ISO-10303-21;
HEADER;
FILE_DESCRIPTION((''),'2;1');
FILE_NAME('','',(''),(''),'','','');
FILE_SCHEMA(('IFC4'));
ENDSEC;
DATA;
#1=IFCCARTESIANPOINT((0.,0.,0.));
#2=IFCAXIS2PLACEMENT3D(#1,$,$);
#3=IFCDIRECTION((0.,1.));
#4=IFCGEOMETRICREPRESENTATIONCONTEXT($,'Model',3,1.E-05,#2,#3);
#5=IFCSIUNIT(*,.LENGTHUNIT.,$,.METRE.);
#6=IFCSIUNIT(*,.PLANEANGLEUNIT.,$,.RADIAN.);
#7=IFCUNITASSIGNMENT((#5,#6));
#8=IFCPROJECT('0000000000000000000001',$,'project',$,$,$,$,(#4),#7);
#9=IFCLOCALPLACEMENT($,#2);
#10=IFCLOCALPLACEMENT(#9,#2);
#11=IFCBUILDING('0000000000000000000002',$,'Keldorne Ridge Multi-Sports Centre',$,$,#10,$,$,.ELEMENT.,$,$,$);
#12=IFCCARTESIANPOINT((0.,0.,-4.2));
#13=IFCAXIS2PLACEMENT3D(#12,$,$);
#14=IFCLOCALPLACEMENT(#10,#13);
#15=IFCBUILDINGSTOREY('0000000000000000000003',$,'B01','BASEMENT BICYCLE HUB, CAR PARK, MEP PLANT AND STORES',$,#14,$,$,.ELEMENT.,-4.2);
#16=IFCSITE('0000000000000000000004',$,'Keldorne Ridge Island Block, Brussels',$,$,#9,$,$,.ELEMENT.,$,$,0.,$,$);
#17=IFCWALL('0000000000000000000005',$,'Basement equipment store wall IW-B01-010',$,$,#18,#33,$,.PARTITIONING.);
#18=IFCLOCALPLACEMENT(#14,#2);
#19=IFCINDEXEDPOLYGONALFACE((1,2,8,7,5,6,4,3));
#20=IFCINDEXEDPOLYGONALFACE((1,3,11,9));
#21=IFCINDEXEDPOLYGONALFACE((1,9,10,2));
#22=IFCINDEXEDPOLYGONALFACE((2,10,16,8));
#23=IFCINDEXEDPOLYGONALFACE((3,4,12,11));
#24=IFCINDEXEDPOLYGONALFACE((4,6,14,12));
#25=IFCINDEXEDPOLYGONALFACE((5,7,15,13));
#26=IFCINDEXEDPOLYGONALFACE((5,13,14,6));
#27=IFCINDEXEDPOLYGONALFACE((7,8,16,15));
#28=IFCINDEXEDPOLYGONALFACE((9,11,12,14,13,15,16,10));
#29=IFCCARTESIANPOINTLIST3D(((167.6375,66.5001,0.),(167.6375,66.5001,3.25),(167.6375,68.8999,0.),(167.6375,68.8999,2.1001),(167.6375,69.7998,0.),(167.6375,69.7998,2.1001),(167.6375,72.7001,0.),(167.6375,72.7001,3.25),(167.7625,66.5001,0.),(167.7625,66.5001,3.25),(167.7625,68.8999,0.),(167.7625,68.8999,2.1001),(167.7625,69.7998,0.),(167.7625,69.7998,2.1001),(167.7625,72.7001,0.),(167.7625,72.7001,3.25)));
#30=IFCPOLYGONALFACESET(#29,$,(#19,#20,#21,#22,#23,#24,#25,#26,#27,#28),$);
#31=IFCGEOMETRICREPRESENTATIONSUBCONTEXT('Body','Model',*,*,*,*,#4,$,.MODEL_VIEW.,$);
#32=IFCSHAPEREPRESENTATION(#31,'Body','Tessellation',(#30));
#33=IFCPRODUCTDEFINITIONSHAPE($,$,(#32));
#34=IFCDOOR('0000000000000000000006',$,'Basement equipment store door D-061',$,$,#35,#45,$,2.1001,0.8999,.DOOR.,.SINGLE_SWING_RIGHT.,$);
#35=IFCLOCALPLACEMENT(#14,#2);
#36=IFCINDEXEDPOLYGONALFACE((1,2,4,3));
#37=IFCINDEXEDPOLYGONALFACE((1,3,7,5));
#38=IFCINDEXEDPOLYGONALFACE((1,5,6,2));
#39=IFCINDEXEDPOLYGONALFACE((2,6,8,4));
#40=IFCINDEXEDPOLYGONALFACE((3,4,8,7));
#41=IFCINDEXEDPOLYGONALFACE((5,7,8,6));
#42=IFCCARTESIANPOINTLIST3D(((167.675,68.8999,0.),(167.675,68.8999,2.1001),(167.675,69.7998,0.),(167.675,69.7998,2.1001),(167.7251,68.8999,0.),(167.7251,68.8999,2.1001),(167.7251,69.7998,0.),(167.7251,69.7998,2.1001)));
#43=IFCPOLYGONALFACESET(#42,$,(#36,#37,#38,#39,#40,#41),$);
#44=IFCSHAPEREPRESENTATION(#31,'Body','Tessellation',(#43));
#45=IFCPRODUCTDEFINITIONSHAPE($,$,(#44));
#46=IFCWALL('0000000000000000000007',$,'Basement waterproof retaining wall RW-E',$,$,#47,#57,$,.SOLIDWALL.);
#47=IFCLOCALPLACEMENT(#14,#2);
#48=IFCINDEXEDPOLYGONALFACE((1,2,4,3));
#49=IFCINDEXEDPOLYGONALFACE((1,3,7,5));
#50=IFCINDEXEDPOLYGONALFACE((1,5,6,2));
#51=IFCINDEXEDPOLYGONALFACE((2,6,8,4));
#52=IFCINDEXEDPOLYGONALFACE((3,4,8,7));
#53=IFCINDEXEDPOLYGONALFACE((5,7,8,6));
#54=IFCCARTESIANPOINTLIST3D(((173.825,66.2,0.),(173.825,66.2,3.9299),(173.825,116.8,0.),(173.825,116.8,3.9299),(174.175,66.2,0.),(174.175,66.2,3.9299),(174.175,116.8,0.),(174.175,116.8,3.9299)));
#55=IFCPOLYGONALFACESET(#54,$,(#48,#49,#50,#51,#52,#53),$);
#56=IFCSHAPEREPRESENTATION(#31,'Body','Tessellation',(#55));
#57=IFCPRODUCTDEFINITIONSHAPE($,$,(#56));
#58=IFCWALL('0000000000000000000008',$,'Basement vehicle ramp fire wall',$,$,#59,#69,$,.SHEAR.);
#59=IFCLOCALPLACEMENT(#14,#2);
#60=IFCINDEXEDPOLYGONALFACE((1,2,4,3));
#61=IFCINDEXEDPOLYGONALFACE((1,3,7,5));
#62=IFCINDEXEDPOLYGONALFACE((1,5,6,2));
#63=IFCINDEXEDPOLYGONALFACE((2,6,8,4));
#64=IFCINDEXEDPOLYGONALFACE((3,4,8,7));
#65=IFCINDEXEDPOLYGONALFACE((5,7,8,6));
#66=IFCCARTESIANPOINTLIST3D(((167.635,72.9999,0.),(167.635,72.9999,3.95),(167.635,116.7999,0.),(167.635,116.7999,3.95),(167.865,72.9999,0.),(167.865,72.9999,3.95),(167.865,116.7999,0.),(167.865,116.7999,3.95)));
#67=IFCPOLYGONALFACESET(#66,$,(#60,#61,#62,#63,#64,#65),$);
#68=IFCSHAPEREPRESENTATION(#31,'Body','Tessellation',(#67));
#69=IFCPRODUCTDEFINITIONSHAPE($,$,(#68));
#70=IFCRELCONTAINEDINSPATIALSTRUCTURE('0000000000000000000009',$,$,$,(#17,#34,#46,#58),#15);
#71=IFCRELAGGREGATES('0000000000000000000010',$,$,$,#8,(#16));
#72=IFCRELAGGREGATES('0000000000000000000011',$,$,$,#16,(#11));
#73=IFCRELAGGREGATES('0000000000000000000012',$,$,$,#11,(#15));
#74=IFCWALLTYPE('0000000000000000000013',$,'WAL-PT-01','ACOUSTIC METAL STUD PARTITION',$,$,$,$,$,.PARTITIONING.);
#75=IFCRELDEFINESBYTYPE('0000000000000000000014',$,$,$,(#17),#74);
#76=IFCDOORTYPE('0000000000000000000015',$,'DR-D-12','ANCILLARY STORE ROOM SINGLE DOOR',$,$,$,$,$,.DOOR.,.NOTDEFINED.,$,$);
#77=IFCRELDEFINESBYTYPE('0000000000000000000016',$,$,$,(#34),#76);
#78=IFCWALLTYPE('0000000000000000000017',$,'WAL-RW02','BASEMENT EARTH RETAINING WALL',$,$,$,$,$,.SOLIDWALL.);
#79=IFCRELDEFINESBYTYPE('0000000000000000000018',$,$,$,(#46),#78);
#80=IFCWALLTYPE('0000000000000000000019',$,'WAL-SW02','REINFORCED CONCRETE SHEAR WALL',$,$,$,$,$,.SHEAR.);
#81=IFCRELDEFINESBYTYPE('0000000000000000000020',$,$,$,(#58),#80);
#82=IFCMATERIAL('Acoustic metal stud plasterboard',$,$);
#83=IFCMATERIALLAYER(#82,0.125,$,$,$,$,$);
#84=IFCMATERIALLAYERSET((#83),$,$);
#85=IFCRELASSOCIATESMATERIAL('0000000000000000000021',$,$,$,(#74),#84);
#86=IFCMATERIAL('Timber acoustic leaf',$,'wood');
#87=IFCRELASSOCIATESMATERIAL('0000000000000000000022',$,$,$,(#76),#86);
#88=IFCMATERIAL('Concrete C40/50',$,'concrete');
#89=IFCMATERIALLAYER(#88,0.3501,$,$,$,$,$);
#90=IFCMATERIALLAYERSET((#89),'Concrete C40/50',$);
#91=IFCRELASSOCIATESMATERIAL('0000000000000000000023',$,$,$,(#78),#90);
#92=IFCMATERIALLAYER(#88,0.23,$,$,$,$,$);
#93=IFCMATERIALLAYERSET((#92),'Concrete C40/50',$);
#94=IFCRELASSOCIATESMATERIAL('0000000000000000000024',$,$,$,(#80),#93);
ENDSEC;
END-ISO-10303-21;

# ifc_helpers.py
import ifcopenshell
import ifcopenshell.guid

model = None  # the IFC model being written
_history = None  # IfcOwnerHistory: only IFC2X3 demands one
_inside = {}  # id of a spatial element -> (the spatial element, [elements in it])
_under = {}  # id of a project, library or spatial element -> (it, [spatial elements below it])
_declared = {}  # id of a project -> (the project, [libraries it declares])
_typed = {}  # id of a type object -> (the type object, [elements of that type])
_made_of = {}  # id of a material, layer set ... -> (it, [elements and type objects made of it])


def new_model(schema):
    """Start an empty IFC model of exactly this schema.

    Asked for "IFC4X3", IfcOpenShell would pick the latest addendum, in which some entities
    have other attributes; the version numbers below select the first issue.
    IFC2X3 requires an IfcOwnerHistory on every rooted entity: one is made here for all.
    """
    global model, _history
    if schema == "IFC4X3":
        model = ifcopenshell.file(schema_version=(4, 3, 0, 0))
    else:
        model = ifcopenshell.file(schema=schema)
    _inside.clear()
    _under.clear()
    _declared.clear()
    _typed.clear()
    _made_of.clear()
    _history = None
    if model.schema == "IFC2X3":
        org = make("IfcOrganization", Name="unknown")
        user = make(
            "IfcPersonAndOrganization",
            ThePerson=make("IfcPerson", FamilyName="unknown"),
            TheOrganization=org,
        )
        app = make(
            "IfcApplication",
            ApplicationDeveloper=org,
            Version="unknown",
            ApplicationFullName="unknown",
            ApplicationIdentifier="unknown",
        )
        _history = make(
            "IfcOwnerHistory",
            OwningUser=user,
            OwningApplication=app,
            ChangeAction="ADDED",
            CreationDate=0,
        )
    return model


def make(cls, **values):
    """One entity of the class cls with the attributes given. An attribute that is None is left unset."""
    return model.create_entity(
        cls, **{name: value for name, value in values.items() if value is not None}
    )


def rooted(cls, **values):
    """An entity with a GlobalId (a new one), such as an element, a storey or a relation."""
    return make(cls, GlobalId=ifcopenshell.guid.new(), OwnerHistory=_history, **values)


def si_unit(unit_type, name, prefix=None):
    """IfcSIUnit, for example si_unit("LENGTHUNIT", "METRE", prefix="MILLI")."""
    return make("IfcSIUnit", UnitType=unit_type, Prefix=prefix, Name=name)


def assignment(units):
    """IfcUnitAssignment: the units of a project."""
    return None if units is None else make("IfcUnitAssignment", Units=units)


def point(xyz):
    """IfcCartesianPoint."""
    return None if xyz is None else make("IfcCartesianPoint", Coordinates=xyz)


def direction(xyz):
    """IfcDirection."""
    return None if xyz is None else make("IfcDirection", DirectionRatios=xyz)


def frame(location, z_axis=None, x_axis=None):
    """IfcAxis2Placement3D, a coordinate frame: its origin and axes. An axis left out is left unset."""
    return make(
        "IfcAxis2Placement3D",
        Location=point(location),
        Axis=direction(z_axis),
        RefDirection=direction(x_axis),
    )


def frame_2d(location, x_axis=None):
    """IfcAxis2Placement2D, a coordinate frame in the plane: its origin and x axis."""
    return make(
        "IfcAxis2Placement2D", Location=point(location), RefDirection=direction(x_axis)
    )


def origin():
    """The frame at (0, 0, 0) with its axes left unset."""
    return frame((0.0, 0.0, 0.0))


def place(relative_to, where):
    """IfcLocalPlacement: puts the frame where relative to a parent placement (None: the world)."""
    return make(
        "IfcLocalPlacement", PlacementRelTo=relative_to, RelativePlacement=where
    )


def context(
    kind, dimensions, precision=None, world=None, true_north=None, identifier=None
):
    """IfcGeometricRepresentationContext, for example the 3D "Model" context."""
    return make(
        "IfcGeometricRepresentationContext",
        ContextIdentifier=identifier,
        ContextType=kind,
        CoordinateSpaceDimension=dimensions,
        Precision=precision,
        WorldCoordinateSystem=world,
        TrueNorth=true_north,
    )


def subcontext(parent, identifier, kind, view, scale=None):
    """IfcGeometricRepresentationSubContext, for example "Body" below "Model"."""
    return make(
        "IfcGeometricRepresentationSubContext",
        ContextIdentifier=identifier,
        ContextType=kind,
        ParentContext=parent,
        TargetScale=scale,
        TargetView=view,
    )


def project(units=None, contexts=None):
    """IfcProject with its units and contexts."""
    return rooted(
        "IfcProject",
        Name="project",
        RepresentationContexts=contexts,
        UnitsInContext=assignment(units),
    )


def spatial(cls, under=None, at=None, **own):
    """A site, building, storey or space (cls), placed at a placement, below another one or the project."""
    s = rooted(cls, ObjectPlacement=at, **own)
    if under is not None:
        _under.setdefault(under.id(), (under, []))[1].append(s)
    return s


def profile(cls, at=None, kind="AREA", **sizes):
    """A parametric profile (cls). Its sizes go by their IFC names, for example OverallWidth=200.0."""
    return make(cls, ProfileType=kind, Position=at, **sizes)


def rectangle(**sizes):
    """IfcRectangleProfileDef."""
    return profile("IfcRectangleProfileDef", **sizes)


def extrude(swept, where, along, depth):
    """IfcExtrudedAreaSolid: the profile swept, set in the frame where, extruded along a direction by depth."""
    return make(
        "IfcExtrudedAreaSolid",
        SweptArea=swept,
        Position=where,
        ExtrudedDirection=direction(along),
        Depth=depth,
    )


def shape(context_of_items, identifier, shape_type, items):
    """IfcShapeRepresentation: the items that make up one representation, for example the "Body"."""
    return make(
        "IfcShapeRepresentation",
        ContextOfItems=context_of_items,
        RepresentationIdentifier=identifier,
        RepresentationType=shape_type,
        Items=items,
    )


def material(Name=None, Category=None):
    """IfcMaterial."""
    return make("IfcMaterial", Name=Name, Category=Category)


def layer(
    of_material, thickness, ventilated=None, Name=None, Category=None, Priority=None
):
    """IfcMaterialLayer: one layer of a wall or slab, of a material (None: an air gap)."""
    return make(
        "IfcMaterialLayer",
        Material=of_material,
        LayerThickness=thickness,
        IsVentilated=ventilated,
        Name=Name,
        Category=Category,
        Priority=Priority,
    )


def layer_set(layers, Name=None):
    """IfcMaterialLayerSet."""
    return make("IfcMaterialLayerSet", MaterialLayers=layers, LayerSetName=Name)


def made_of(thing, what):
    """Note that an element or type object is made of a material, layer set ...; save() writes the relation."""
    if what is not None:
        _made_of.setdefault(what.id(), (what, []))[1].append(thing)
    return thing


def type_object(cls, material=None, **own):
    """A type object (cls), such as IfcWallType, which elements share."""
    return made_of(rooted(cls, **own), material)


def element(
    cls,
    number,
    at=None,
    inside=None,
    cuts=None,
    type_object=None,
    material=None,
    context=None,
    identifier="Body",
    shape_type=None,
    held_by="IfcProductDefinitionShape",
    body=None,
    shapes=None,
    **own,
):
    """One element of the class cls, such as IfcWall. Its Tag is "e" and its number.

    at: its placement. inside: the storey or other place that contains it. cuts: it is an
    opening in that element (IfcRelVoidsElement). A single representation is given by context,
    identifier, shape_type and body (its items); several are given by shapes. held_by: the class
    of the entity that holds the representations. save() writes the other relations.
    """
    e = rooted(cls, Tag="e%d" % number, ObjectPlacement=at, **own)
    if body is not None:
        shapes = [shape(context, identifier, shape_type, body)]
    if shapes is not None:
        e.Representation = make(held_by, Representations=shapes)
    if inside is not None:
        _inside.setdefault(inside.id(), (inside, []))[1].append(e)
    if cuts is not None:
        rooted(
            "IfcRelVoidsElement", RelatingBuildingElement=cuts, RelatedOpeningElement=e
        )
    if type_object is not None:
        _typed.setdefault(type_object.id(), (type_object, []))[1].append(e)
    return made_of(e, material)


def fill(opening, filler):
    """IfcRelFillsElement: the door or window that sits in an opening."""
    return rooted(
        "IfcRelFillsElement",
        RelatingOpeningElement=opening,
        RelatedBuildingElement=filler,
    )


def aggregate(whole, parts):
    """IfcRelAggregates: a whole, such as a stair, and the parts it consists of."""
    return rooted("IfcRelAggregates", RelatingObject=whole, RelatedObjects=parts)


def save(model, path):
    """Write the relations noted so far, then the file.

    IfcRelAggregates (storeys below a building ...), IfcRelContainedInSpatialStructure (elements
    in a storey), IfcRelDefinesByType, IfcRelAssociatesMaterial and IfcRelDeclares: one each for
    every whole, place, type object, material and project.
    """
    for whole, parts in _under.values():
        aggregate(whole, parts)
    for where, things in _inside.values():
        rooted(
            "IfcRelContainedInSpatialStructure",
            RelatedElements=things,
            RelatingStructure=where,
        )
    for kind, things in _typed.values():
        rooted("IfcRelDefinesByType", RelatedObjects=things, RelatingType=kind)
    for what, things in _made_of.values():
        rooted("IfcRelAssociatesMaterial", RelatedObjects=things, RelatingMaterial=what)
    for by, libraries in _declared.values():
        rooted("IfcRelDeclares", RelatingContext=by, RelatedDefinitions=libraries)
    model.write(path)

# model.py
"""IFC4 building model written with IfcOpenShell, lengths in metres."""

from ifc_helpers import new_model, si_unit, direction, frame, frame_2d, origin, place, context, subcontext, project, spatial, rectangle, extrude, material, layer, layer_set, type_object, element, fill, save


model = new_model("IFC4")

# Units and contexts
model_context = context("Model", 3, precision=1e-05, world=origin(), true_north=direction((0.0, 1.0)))
body_context = subcontext(model_context, "Body", "Model", "MODEL_VIEW")
ifc_project = project(units=[si_unit("LENGTHUNIT", "METRE"), si_unit("PLANEANGLEUNIT", "RADIAN")], contexts=[model_context])

# Site, building, storey
site_placement = place(None, origin())
site = spatial("IfcSite", under=ifc_project, at=site_placement, Name="Keldorne Ridge Island Block, Brussels", CompositionType="ELEMENT", RefElevation=0.0)
building_placement = place(site_placement, origin())
building = spatial("IfcBuilding", under=site, at=building_placement, Name="Keldorne Ridge Multi-Sports Centre", CompositionType="ELEMENT")
storey_placement = place(building_placement, frame((0.0, 0.0, -4.2)))
storey = spatial("IfcBuildingStorey", under=building, at=storey_placement, Name="B01", Description="BASEMENT BICYCLE HUB, CAR PARK, MEP PLANT AND STORES", CompositionType="ELEMENT", Elevation=-4.2)

# Shared definitions
ifc_material_1 = material(Name="Concrete C40/50", Category="concrete")

# Wall, opening, door
ifc_material_2 = material(Name="Acoustic metal stud plasterboard")
ifc_layer_1 = layer(ifc_material_2, 0.125)
ifc_layer_set_1 = layer_set([ifc_layer_1])
wall_type_1 = type_object("IfcWallType", Name="WAL-PT-01", Description="ACOUSTIC METAL STUD PARTITION", PredefinedType="PARTITIONING", material=ifc_layer_set_1)
wall_1_placement = place(storey_placement, frame((167.7, 66.5, 0.0), z_axis=(0.0, 0.0, 1.0), x_axis=(0.0, 1.0, 0.0)))
wall_1 = element("IfcWall", 1, at=wall_1_placement, inside=storey, type_object=wall_type_1, Name="Basement equipment store wall IW-B01-010", PredefinedType="PARTITIONING", context=body_context, shape_type="SweptSolid", body=[
    extrude(rectangle(XDim=6.2, YDim=0.125, at=frame_2d((3.1001, 0.0))), origin(), (0.0, 0.0, 1.0), 3.25),
])
opening_placement = place(wall_1_placement, frame((2.3999, 0.0, 0.0)))
opening = element("IfcOpeningElement", 2, at=opening_placement, cuts=wall_1, PredefinedType="OPENING", context=body_context, shape_type="SweptSolid", body=[
    extrude(rectangle(XDim=0.8999, YDim=2.1001, at=frame_2d((0.45, 1.05))), frame((0.0, 0.0725, 0.0), z_axis=(0.0, -1.0, 0.0), x_axis=(1.0, 0.0, 0.0)), (0.0, 0.0, 1.0), 0.145),
])
ifc_material_3 = material(Name="Timber acoustic leaf", Category="wood")
door_type = type_object("IfcDoorType", Name="DR-D-12", Description="ANCILLARY STORE ROOM SINGLE DOOR", OperationType="NOTDEFINED", PredefinedType="DOOR", material=ifc_material_3)
door_placement = place(opening_placement, origin())
door = element("IfcDoor", 3, at=door_placement, inside=storey, type_object=door_type, Name="Basement equipment store door D-061", OperationType="SINGLE_SWING_RIGHT", OverallHeight=2.1001, OverallWidth=0.8999, PredefinedType="DOOR", context=body_context, shape_type="SweptSolid", body=[
    extrude(rectangle(XDim=0.8999, YDim=2.1001, at=frame_2d((0.45, 1.05))), frame((0.0, 0.0249, 0.0), z_axis=(0.0, -1.0, 0.0), x_axis=(1.0, 0.0, 0.0)), (0.0, 0.0, 1.0), 0.05),
])
fill(opening, door)

# Walls
ifc_layer_2 = layer(ifc_material_1, 0.3501)
ifc_layer_set_2 = layer_set([ifc_layer_2], Name="Concrete C40/50")
wall_type_2 = type_object("IfcWallType", Name="WAL-RW02", Description="BASEMENT EARTH RETAINING WALL", PredefinedType="SOLIDWALL", material=ifc_layer_set_2)
wall_2_placement = place(storey_placement, frame((174.0, 66.2, 0.0), z_axis=(0.0, 0.0, 1.0), x_axis=(0.0, 1.0, 0.0)))
element("IfcWall", 4, at=wall_2_placement, inside=storey, type_object=wall_type_2, Name="Basement waterproof retaining wall RW-E", PredefinedType="SOLIDWALL", context=body_context, shape_type="SweptSolid", body=[
    extrude(rectangle(XDim=50.6001, YDim=0.3501, at=frame_2d((25.3, 0.0))), origin(), (0.0, 0.0, 1.0), 3.9299),
])
ifc_layer_3 = layer(ifc_material_1, 0.23)
ifc_layer_set_3 = layer_set([ifc_layer_3], Name="Concrete C40/50")
wall_type_3 = type_object("IfcWallType", Name="WAL-SW02", Description="REINFORCED CONCRETE SHEAR WALL", PredefinedType="SHEAR", material=ifc_layer_set_3)
wall_3_placement = place(storey_placement, frame((167.75, 73.0, 0.0), z_axis=(0.0, 0.0, 1.0), x_axis=(0.0, 1.0, 0.0)))
element("IfcWall", 5, at=wall_3_placement, inside=storey, type_object=wall_type_3, Name="Basement vehicle ramp fire wall", PredefinedType="SHEAR", context=body_context, shape_type="SweptSolid", body=[
    extrude(rectangle(XDim=43.8, YDim=0.23, at=frame_2d((21.8999, 0.0))), origin(), (0.0, 0.0, 1.0), 3.95),
])

save(model, "model.ifc")
